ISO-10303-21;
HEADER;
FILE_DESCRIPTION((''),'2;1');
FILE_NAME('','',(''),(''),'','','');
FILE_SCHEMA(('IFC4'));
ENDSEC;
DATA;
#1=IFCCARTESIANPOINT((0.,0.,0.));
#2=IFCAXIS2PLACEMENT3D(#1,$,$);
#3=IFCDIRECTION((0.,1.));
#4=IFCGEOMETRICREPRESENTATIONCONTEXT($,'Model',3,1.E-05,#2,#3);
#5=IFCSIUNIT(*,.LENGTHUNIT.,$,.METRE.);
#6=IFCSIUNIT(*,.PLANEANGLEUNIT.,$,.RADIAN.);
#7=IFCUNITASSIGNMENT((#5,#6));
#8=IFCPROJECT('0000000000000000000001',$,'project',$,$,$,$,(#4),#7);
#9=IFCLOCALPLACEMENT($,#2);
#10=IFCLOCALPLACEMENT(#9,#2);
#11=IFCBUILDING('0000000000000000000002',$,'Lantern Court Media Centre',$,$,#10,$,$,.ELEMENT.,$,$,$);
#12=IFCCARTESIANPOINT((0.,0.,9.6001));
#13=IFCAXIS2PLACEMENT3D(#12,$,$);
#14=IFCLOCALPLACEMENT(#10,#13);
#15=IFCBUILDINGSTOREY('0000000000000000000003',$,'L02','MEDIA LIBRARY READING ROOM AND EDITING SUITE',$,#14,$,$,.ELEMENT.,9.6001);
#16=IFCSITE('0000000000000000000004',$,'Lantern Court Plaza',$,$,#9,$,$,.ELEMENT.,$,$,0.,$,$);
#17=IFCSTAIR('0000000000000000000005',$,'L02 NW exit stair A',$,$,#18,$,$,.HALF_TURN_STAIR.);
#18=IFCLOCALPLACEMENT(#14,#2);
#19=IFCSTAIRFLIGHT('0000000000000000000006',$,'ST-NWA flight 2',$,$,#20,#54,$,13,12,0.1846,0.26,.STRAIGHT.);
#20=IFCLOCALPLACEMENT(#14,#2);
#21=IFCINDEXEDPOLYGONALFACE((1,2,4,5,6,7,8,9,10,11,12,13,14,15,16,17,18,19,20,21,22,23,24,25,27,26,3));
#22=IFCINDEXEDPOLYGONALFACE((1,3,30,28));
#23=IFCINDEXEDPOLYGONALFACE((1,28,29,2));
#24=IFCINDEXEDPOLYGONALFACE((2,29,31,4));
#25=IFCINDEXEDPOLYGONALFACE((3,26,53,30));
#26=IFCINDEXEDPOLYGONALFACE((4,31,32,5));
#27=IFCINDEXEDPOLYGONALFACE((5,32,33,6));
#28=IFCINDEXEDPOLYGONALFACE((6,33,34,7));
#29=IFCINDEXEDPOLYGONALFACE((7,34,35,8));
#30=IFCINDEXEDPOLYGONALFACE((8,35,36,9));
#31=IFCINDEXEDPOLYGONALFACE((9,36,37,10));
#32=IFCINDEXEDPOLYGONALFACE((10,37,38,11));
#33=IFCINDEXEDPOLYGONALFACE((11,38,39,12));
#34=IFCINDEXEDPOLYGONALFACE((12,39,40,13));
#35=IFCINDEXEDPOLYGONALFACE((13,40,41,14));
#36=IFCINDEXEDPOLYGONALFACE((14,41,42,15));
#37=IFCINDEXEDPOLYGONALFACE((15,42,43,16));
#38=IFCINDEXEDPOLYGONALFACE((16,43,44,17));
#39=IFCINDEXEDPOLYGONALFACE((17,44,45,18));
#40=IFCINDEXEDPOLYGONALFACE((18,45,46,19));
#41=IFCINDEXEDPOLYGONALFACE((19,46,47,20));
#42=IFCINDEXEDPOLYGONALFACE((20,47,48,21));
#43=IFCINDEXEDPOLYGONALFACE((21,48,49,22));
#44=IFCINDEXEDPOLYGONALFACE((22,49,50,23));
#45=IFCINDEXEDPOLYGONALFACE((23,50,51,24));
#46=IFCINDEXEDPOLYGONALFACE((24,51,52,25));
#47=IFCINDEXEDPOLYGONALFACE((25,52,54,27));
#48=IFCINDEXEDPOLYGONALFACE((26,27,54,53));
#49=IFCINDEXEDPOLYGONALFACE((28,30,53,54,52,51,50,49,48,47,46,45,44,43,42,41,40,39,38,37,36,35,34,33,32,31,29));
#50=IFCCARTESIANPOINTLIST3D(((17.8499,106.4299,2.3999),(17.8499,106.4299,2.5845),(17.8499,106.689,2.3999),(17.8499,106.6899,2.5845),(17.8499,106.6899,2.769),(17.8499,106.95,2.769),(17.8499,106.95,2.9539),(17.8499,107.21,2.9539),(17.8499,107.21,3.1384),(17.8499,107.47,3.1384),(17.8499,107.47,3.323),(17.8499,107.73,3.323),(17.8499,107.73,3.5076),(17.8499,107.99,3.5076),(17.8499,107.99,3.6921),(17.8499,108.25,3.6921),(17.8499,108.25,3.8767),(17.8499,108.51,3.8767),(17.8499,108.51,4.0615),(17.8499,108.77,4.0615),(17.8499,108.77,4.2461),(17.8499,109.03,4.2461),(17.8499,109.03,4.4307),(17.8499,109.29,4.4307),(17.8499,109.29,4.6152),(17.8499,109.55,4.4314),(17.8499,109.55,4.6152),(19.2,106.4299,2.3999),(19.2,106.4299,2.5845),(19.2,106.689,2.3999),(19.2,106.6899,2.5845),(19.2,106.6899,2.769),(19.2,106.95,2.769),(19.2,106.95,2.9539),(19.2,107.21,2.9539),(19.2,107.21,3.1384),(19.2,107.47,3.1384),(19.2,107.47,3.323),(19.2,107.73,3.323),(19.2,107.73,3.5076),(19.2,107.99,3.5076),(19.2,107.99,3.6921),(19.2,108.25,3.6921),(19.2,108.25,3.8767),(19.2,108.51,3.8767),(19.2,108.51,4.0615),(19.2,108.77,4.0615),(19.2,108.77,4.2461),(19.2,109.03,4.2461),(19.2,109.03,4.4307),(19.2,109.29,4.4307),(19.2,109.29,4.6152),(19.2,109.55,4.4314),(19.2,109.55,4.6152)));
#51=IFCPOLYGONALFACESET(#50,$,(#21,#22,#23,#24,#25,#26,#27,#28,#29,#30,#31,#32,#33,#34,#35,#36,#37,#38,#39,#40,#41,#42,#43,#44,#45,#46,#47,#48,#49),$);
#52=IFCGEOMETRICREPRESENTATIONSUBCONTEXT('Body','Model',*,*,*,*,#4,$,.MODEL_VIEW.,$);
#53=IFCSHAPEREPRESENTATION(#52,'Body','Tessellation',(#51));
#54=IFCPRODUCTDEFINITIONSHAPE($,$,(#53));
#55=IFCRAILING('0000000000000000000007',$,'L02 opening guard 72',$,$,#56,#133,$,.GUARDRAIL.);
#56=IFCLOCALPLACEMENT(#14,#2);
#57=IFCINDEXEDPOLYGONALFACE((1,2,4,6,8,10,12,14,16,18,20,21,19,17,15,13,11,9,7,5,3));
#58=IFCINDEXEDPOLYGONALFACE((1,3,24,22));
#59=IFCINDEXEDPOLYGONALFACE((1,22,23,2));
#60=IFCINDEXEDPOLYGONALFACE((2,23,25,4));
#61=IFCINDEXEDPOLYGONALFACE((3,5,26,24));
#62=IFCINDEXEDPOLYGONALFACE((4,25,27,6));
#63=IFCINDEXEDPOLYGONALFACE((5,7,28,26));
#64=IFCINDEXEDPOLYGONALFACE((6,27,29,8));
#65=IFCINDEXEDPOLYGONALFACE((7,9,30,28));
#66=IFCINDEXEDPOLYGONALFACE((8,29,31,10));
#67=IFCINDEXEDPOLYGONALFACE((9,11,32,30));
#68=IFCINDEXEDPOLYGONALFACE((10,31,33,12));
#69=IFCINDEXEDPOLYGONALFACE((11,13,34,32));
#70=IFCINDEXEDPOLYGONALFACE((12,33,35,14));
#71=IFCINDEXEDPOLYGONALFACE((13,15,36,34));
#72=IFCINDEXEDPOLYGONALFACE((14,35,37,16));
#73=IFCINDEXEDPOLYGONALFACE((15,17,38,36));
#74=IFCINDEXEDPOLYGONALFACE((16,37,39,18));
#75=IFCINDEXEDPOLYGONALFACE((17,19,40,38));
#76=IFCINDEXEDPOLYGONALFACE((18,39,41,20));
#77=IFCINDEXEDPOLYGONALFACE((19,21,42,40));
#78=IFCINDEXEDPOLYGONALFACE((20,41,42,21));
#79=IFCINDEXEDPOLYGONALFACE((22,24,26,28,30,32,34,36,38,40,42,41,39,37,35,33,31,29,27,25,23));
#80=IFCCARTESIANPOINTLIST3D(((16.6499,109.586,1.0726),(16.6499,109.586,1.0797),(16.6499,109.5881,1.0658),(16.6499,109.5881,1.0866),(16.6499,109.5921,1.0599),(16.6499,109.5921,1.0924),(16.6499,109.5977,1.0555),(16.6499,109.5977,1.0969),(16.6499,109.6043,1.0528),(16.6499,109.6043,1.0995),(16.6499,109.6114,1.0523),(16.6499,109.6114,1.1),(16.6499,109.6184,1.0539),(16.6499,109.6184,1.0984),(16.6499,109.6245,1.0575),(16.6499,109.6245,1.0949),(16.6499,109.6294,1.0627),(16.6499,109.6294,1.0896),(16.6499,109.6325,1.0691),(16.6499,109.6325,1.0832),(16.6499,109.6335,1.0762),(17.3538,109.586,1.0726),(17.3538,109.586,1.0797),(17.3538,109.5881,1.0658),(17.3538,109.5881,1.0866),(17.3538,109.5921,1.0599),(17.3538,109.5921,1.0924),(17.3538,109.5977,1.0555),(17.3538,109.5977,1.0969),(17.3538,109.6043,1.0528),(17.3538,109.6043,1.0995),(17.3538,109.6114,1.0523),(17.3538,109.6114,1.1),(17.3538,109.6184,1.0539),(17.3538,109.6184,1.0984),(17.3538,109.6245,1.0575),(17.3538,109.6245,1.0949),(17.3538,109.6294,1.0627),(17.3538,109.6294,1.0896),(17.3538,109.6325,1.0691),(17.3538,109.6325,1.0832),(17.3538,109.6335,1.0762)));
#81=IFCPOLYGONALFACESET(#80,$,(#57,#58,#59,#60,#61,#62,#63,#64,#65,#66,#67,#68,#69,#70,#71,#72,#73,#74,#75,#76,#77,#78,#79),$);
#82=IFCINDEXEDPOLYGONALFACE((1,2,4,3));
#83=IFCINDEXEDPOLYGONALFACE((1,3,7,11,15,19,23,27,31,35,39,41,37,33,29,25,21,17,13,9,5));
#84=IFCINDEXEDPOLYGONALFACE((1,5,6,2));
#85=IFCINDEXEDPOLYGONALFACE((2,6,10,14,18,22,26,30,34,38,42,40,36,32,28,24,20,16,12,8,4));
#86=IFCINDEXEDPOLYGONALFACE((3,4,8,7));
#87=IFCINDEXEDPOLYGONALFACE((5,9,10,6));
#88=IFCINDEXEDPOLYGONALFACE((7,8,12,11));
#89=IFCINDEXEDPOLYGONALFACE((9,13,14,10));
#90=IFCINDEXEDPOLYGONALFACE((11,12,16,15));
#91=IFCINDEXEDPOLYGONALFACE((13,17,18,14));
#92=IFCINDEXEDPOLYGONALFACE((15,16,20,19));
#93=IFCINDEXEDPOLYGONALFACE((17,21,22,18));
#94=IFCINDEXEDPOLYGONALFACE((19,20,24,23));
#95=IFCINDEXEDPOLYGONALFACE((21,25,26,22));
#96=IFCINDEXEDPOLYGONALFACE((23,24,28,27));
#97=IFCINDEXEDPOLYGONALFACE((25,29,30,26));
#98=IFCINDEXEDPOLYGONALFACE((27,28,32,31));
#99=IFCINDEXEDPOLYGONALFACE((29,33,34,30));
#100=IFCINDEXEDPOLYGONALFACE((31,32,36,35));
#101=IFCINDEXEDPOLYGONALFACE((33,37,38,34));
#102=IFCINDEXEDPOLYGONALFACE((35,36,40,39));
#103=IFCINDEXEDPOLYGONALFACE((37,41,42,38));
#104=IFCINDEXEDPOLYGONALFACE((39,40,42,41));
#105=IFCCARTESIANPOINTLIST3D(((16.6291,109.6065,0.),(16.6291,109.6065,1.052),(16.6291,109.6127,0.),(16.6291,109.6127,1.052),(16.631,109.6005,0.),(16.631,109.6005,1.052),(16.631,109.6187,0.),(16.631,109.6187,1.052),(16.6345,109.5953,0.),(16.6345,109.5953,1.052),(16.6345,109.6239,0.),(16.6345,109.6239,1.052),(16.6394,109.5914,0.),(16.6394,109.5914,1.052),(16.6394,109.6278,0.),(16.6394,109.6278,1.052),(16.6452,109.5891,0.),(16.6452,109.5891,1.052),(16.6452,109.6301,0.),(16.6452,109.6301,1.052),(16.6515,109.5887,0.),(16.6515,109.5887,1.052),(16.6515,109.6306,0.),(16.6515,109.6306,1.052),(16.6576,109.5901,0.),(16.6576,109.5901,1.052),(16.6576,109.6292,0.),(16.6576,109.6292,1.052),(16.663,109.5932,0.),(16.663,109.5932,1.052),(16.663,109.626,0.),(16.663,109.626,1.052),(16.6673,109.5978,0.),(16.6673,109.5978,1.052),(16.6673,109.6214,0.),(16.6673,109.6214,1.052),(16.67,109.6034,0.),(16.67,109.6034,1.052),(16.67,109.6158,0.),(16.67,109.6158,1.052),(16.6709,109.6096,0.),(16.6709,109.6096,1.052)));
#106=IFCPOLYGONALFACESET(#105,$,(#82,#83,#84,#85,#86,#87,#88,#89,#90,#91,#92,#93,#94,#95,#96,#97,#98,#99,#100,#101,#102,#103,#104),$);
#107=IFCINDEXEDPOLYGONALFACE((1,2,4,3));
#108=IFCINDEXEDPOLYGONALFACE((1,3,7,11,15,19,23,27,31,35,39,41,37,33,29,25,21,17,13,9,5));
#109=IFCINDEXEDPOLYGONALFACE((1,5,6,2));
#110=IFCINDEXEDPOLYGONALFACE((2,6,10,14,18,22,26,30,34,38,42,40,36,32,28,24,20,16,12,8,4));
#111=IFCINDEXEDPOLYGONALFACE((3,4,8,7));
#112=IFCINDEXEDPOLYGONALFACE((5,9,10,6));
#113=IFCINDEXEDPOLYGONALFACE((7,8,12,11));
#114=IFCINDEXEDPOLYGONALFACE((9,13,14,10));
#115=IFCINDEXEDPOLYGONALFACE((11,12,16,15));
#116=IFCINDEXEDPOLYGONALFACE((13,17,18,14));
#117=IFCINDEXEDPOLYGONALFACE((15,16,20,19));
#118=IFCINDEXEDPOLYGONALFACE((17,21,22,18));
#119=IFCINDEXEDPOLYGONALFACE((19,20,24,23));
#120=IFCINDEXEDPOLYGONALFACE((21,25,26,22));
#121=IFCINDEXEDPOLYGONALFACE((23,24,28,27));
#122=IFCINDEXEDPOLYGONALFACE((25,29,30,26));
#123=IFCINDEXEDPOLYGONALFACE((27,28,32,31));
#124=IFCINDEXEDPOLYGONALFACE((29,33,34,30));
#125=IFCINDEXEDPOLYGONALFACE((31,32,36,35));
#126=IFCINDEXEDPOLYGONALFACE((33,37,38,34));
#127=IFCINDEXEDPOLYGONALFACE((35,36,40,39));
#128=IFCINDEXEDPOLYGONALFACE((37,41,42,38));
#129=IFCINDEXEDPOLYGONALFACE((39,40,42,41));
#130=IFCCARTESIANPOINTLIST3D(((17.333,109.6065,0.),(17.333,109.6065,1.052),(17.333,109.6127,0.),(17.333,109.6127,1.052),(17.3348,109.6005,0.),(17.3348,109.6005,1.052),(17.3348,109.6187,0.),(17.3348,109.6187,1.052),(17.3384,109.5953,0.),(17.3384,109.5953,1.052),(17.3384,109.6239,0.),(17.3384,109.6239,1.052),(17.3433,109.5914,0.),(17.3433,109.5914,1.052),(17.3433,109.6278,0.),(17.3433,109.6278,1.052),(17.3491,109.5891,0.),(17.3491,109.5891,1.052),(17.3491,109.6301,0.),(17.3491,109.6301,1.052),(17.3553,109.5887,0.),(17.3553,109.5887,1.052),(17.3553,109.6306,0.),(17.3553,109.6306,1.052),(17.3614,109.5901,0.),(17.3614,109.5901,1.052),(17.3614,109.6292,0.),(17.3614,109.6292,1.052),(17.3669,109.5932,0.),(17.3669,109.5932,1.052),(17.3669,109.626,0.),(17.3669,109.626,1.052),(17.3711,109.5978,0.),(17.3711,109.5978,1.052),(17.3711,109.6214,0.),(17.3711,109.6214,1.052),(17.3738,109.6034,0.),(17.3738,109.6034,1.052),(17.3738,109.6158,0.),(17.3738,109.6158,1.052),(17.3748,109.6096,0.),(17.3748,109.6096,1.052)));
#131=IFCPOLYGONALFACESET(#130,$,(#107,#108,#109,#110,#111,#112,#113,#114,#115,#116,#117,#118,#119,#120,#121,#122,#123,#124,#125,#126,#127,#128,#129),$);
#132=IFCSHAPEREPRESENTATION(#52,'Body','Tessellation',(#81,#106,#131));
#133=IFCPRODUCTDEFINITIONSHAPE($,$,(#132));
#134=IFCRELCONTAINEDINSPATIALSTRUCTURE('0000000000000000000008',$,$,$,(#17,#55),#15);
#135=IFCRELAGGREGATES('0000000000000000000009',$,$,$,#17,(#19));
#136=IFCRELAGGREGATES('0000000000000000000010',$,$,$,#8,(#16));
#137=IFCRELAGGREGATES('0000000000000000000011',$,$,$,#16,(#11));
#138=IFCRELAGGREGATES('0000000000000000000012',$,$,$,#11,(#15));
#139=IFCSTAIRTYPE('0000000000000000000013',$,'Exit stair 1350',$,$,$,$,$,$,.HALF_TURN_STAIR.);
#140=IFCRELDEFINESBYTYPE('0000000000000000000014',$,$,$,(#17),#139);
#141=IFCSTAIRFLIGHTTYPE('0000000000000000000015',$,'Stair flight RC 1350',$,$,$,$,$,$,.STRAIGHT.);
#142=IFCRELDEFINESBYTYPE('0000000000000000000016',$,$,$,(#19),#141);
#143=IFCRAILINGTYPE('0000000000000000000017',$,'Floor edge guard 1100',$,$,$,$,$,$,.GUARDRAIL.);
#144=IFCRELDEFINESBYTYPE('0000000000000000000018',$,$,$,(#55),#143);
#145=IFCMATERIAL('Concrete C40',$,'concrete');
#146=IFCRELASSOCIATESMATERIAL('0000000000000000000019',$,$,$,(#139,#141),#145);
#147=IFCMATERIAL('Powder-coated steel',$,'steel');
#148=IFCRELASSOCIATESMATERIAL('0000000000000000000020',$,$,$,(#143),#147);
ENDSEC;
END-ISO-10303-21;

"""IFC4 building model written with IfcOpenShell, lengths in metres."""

from ifc_helpers import new_model, si_unit, direction, frame, origin, origin_2d, place, context, subcontext, project, spatial, polyline, circle, outline, extrude, material, type_object, element, aggregate, save


model = new_model("IFC4")

# Units and contexts
model_context = context("Model", 3, precision=1e-05, world=origin(), true_north=direction((0.0, 1.0)))
body_context = subcontext(model_context, "Body", "Model", "MODEL_VIEW")
ifc_project = project(units=[si_unit("LENGTHUNIT", "METRE"), si_unit("PLANEANGLEUNIT", "RADIAN")], contexts=[model_context])

# Site, building, storey
site_placement = place(None, origin())
site = spatial("IfcSite", under=ifc_project, at=site_placement, Name="Lantern Court Plaza", CompositionType="ELEMENT", RefElevation=0.0)
building_placement = place(site_placement, origin())
building = spatial("IfcBuilding", under=site, at=building_placement, Name="Lantern Court Media Centre", CompositionType="ELEMENT")
storey_placement = place(building_placement, frame((0.0, 0.0, 9.6001)))
storey = spatial("IfcBuildingStorey", under=building, at=storey_placement, Name="L02", Description="MEDIA LIBRARY READING ROOM AND EDITING SUITE", CompositionType="ELEMENT", Elevation=9.6001)

# Shared definitions
ifc_material_1 = material(Name="Concrete C40", Category="concrete")

# Stair, stair flight
stair_type = type_object("IfcStairType", Name="Exit stair 1350", PredefinedType="HALF_TURN_STAIR", material=ifc_material_1)
stair_placement = place(storey_placement, origin())
stair = element("IfcStair", 1, at=stair_placement, inside=storey, type_object=stair_type, Name="L02 NW exit stair A", PredefinedType="HALF_TURN_STAIR")
stair_flight_type = type_object("IfcStairFlightType", Name="Stair flight RC 1350", PredefinedType="STRAIGHT", material=ifc_material_1)
stair_flight_1_placement = place(storey_placement, frame((18.5249, 106.4299, 2.3999), z_axis=(0.0, 0.0, 1.0), x_axis=(0.0, 1.0, 0.0)))
stair_flight_1 = element("IfcStairFlight", 2, at=stair_flight_1_placement, type_object=stair_flight_type, Name="ST-NWA flight 2", NumberOfRisers=13, NumberOfTreads=12, PredefinedType="STRAIGHT", RiserHeight=0.1846, TreadLength=0.26, context=body_context, shape_type="SweptSolid", body=[
    extrude(outline(polyline([(0.0, 0.0), (0.0, 0.1846), (0.26, 0.1846), (0.26, 0.3691), (0.52, 0.3691), (0.52, 0.554), (0.78, 0.554), (0.78, 0.7385), (1.04, 0.7385), (1.04, 0.9231), (1.3, 0.9231), (1.3, 1.1077), (1.5601, 1.1077), (1.5601, 1.2922), (1.8201, 1.2922), (1.8201, 1.4768), (2.0801, 1.4768), (2.0801, 1.6616), (2.3401, 1.6616), (2.3401, 1.8462), (2.6001, 1.8462), (2.6001, 2.0308), (2.8601, 2.0308), (2.8601, 2.2153), (3.1201, 2.2153), (3.1201, 2.3999), (3.1201, 2.0315), (0.259, 0.0), (0.0, 0.0)])), frame((0.0, 0.675, 0.0), z_axis=(0.0, -1.0, 0.0), x_axis=(1.0, 0.0, 0.0)), (0.0, 0.0, 1.0), 1.3501),
])
aggregate(stair, [stair_flight_1])

# Railing
ifc_material_2 = material(Name="Powder-coated steel", Category="steel")
railing_type_1 = type_object("IfcRailingType", Name="Floor edge guard 1100", PredefinedType="GUARDRAIL", material=ifc_material_2)
railing_1_placement = place(storey_placement, frame((16.6499, 109.6096, 0.0)))
element("IfcRailing", 3, at=railing_1_placement, inside=storey, type_object=railing_type_1, Name="L02 opening guard 72", PredefinedType="GUARDRAIL", context=body_context, shape_type="SweptSolid", body=[
    extrude(circle(Radius=0.0239, at=origin_2d()), frame((0.0, 0.0, 1.0762), z_axis=(1.0, 0.0, 0.0), x_axis=(0.0, 1.0, 0.0)), (0.0, 0.0, 1.0), 0.7039),
    extrude(circle(Radius=0.021, at=origin_2d()), origin(), (0.0, 0.0, 1.0), 1.052),
    extrude(circle(Radius=0.021, at=origin_2d()), frame((0.7039, 0.0, 0.0)), (0.0, 0.0, 1.0), 1.052),
])

save(model, "model.ifc")
